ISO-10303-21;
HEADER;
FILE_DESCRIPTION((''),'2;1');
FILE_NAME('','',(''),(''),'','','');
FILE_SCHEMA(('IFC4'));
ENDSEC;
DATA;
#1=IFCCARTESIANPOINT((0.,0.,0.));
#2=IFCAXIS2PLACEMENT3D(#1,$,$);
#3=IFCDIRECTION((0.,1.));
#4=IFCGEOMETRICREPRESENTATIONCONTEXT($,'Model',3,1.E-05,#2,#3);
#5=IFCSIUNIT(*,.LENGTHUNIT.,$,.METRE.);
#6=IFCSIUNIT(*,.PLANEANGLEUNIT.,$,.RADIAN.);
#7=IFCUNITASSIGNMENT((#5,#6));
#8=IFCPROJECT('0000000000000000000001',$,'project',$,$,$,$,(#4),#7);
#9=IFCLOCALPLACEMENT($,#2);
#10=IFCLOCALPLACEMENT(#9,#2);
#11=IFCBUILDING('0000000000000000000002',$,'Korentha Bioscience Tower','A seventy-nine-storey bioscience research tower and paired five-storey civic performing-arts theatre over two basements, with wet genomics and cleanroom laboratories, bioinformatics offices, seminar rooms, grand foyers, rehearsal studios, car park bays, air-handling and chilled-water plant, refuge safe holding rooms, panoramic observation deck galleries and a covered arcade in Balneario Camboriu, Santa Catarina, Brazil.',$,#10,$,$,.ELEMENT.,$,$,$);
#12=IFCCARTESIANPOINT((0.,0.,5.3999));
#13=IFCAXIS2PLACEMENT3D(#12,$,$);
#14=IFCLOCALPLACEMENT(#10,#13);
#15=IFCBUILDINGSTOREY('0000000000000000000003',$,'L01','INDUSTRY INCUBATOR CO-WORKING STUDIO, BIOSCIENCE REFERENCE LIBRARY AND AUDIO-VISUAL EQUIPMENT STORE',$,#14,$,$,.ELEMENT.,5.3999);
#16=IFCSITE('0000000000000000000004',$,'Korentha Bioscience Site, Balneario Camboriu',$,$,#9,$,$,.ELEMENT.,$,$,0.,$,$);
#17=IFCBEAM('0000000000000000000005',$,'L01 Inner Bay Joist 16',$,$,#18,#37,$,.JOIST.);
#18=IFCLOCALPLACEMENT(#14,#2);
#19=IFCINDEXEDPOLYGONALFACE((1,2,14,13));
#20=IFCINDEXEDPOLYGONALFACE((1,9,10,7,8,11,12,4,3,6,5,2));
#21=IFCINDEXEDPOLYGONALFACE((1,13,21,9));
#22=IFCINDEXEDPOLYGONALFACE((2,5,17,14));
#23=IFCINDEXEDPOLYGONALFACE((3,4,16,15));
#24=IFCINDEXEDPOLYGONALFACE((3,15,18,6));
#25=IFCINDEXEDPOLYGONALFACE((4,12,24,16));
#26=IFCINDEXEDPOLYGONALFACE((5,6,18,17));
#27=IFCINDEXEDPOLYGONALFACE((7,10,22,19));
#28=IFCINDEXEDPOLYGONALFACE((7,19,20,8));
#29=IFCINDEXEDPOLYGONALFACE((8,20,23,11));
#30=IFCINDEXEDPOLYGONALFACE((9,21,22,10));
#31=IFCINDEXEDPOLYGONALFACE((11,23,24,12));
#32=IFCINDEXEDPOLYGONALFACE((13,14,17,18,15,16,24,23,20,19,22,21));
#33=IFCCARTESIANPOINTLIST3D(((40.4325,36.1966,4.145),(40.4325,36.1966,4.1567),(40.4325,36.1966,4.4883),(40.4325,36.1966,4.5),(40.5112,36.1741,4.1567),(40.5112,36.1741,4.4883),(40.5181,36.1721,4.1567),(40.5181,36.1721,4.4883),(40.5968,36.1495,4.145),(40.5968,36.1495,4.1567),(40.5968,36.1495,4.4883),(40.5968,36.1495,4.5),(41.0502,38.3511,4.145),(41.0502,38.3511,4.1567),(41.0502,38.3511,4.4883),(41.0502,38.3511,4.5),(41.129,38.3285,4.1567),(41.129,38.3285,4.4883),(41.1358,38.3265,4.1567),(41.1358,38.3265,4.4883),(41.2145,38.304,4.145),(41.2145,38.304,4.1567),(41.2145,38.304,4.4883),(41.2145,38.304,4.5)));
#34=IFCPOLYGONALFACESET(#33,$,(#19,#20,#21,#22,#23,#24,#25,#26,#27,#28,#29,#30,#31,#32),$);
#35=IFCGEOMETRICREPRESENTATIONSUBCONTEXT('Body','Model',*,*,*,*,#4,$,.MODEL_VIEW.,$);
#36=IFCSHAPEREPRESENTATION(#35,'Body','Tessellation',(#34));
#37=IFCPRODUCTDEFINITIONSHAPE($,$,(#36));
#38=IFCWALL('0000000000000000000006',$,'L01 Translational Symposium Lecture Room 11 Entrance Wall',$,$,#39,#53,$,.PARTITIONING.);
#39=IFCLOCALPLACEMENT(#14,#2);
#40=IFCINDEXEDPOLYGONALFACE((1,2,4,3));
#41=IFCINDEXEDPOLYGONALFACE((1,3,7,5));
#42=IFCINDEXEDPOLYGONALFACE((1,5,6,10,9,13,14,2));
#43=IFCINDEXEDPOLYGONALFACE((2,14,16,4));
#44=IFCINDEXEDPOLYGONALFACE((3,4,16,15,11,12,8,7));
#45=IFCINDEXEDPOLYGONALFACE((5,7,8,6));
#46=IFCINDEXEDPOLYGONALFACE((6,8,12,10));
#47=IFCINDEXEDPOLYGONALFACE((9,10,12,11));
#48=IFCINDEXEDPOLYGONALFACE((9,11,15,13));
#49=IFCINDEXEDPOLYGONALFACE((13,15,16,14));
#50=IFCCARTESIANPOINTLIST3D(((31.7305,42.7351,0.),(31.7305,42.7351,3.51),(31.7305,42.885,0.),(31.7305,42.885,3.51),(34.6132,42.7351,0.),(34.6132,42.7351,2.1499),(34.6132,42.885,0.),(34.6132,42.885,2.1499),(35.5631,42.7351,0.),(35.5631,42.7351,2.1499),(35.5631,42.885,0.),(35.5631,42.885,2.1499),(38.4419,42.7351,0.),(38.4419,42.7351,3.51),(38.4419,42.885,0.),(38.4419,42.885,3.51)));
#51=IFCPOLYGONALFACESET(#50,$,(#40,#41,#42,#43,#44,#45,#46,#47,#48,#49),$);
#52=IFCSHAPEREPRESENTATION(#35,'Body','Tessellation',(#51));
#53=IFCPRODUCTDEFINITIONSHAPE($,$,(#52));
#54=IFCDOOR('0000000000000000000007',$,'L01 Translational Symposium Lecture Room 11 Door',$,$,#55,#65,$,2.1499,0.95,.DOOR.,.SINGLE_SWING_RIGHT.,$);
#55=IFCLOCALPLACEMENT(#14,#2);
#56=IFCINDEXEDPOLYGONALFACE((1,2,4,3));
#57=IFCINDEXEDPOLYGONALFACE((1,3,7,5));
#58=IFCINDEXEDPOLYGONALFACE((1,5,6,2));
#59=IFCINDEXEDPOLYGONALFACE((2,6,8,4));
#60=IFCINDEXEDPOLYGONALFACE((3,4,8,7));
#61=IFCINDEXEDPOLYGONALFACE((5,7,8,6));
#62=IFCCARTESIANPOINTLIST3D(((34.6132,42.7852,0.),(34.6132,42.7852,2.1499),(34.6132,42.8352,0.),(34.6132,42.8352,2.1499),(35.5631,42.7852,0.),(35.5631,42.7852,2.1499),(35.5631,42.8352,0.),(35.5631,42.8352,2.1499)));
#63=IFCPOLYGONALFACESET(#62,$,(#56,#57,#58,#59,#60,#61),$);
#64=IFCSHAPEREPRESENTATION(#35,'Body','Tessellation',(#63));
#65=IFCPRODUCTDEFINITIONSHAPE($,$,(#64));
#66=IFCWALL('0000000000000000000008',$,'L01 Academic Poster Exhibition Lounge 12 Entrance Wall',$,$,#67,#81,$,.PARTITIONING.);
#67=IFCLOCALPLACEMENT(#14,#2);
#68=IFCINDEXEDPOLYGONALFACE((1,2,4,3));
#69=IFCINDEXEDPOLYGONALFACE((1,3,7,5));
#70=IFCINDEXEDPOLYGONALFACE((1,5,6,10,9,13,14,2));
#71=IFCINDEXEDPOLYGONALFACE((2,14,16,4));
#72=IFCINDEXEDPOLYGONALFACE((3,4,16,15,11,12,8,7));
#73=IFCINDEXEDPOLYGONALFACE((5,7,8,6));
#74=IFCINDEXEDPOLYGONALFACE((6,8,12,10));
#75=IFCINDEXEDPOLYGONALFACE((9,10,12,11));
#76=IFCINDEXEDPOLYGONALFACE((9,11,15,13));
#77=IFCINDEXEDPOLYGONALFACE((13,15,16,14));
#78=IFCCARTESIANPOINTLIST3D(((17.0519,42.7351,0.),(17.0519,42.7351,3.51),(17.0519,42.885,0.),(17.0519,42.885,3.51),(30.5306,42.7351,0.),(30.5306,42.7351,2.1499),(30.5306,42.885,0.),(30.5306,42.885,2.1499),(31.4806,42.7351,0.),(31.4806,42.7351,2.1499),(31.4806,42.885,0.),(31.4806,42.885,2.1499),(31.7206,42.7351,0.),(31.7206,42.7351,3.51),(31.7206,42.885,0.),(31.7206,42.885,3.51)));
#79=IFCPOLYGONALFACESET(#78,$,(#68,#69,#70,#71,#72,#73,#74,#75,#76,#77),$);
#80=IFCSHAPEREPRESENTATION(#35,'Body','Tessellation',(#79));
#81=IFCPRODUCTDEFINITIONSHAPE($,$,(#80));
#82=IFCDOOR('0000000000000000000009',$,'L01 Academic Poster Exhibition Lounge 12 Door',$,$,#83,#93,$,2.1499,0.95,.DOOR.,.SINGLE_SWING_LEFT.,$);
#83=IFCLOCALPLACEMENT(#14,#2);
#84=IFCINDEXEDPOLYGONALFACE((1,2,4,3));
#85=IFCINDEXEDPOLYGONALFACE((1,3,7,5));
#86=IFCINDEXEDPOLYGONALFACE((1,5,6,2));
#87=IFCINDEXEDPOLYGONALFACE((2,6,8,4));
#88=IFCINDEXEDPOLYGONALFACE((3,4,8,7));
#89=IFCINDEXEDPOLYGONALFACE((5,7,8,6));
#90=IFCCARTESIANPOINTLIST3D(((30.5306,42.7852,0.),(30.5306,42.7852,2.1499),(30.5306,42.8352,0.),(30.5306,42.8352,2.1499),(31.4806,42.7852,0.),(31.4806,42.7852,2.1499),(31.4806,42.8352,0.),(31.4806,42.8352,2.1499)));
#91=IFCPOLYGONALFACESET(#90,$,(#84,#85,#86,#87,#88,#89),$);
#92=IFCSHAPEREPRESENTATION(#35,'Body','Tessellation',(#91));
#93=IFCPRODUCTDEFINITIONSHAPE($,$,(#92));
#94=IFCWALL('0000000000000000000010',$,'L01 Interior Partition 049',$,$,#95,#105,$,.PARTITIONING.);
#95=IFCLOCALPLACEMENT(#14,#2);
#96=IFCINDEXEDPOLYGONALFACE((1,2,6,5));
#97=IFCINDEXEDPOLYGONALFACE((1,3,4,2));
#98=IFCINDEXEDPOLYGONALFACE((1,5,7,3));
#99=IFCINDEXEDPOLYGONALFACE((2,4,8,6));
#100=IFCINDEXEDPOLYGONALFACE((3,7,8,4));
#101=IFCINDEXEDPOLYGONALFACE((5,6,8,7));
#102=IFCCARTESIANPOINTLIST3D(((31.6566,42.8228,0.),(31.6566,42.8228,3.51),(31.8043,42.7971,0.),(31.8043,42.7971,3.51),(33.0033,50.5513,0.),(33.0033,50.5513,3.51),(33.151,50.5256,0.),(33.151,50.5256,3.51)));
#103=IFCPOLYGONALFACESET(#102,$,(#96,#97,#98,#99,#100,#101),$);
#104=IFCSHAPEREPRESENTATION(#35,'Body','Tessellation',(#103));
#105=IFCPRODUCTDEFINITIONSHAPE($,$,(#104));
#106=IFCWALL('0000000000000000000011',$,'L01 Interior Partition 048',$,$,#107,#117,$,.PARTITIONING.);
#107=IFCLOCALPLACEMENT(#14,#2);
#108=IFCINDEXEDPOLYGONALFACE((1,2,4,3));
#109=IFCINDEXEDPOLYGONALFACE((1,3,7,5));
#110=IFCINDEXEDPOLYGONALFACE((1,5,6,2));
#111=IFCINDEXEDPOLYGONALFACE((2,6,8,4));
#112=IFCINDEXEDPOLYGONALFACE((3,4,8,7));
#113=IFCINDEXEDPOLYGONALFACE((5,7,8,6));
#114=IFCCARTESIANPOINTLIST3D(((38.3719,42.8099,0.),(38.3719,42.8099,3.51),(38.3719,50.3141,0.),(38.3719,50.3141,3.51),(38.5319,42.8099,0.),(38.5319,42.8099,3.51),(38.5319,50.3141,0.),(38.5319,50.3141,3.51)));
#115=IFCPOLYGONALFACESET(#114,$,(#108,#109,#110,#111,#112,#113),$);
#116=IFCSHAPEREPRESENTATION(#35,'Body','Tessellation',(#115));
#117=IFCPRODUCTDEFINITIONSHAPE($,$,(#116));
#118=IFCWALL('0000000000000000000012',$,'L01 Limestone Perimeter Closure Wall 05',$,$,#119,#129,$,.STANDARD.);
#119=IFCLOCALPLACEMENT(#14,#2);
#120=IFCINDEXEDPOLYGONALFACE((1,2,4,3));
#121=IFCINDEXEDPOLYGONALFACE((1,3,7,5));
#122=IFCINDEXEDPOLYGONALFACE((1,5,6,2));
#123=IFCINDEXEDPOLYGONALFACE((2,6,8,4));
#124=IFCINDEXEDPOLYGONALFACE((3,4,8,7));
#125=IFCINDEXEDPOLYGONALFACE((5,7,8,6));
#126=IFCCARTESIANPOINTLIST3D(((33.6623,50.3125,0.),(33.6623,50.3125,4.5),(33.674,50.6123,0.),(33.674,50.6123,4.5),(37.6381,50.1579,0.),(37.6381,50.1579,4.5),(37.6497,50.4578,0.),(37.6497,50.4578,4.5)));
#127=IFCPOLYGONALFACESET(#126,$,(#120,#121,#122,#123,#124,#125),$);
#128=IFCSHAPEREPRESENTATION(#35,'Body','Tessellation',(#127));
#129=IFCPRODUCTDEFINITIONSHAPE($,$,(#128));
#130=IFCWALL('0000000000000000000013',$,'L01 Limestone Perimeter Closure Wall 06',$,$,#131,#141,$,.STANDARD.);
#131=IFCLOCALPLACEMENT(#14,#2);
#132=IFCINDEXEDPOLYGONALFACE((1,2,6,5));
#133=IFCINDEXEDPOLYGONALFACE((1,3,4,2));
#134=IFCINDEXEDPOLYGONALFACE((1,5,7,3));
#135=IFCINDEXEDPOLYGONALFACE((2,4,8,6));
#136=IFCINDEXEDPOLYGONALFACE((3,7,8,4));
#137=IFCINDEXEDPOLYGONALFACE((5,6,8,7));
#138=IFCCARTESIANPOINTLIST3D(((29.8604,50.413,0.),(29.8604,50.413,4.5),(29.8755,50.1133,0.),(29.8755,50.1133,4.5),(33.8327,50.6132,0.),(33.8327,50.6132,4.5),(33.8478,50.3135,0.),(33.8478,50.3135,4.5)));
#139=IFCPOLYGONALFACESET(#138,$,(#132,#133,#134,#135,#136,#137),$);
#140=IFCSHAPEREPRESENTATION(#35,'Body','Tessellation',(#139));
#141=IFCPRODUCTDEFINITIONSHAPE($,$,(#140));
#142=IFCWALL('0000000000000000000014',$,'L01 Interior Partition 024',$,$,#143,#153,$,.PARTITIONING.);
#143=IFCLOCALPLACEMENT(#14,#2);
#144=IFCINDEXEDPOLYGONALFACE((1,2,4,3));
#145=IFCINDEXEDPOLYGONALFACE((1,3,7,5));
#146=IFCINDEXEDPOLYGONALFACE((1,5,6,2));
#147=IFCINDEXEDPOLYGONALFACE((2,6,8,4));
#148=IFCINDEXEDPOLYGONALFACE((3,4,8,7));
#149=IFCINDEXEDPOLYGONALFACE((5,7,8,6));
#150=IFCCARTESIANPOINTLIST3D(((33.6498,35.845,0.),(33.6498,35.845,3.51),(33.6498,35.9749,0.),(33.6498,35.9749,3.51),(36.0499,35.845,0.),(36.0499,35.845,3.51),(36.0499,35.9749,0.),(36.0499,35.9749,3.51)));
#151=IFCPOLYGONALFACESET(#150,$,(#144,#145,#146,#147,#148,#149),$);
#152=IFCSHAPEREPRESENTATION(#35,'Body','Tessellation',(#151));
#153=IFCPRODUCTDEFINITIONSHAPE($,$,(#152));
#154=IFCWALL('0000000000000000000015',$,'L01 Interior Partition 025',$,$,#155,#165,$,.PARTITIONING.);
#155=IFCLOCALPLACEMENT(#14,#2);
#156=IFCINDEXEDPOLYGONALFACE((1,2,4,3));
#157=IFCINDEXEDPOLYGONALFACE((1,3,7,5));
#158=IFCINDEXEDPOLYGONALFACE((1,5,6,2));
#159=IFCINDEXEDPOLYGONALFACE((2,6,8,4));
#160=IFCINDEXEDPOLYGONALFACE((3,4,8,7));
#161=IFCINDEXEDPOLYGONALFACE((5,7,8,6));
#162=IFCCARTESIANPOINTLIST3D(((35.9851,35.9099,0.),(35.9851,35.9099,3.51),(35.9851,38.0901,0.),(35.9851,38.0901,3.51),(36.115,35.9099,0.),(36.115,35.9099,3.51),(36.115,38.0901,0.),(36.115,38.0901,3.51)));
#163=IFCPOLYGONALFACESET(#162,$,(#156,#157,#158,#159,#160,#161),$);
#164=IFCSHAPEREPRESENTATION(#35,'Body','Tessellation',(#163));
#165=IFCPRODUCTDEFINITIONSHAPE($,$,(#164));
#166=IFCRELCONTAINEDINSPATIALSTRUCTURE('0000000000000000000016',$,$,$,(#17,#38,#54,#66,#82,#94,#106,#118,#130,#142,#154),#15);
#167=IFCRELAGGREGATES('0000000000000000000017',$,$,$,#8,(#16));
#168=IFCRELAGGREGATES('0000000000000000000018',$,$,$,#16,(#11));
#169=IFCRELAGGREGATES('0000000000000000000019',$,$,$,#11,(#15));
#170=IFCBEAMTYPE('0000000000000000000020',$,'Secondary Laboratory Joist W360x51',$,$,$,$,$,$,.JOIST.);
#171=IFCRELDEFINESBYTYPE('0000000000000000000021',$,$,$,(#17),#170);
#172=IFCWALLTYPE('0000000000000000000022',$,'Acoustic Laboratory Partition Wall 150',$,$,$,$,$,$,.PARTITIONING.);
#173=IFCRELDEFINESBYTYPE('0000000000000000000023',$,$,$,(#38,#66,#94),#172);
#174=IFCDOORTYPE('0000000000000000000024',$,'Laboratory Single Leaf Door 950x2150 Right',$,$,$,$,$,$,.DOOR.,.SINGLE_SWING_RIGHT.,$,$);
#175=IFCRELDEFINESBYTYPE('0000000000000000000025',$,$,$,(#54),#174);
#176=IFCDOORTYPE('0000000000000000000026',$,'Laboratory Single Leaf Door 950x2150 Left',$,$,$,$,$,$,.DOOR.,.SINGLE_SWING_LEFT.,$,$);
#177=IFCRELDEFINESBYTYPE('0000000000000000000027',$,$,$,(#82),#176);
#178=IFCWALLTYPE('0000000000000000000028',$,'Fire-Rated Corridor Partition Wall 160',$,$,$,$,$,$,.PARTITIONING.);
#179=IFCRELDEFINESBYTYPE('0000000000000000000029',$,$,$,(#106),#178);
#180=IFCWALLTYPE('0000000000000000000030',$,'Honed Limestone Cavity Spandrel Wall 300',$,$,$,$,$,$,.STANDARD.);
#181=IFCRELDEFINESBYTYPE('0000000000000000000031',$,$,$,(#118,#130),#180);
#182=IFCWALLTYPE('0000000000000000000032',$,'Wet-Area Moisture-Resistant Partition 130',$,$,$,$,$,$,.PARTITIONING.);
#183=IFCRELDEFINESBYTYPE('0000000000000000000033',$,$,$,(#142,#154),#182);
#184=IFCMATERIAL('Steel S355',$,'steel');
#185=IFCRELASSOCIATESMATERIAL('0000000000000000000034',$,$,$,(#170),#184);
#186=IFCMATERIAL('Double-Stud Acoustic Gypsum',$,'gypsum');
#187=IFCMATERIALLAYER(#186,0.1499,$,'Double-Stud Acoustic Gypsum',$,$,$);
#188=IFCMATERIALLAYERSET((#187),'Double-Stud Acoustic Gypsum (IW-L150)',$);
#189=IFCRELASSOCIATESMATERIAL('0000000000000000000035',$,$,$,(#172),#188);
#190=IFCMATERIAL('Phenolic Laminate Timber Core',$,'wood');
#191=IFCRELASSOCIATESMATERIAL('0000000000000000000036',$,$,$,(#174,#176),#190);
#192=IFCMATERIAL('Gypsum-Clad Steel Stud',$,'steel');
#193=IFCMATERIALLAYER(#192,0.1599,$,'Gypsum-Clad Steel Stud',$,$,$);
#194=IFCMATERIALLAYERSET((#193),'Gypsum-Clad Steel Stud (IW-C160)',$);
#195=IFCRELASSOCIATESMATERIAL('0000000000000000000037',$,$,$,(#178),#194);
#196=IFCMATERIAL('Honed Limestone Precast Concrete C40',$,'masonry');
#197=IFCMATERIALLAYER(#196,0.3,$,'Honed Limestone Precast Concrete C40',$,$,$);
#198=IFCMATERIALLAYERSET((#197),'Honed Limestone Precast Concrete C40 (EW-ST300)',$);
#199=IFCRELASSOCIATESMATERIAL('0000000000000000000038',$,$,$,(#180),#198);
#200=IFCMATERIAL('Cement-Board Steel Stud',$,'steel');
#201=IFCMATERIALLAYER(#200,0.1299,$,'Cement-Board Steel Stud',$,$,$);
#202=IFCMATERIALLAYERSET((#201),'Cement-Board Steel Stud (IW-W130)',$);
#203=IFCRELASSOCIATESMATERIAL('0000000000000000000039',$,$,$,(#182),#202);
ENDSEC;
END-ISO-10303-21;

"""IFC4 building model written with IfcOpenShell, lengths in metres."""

from ifc_helpers import new_model, si_unit, direction, frame, frame_2d, origin, origin_2d, place, context, subcontext, project, spatial, rectangle, i_section, extrude, material, layer, layer_set, material_profile, profile_set, type_object, element, fill, save


model = new_model("IFC4")

# Units and contexts
model_context = context("Model", 3, precision=1e-05, world=origin(), true_north=direction((0.0, 1.0)))
body_context = subcontext(model_context, "Body", "Model", "MODEL_VIEW")
ifc_project = project(units=[si_unit("LENGTHUNIT", "METRE"), si_unit("PLANEANGLEUNIT", "RADIAN")], contexts=[model_context])

# Site, building, storey
site_placement = place(None, origin())
site = spatial("IfcSite", under=ifc_project, at=site_placement, Name="Korentha Bioscience Site, Balneario Camboriu", CompositionType="ELEMENT", RefElevation=0.0)
building_placement = place(site_placement, origin())
building = spatial("IfcBuilding", under=site, at=building_placement, Name="Korentha Bioscience Tower", Description="A seventy-nine-storey bioscience research tower and paired five-storey civic performing-arts theatre over two basements, with wet genomics and cleanroom laboratories, bioinformatics offices, seminar rooms, grand foyers, rehearsal studios, car park bays, air-handling and chilled-water plant, refuge safe holding rooms, panoramic observation deck galleries and a covered arcade in Balneario Camboriu, Santa Catarina, Brazil.", CompositionType="ELEMENT")
storey_placement = place(building_placement, frame((0.0, 0.0, 5.3999)))
storey = spatial("IfcBuildingStorey", under=building, at=storey_placement, Name="L01", Description="INDUSTRY INCUBATOR CO-WORKING STUDIO, BIOSCIENCE REFERENCE LIBRARY AND AUDIO-VISUAL EQUIPMENT STORE", CompositionType="ELEMENT", Elevation=5.3999)

# Beam
ifc_material_1 = material(Name="Steel S355", Category="steel")
ifc_material_profile_1 = material_profile(ifc_material_1, i_section(OverallWidth=0.1709, OverallDepth=0.355, WebThickness=0.0071, FlangeThickness=0.0117, at=origin_2d()), Name="Steel S355")
ifc_profile_set_1 = profile_set([ifc_material_profile_1], Name="Steel S355 (JB-360)")
beam_type_1 = type_object("IfcBeamType", Name="Secondary Laboratory Joist W360x51", PredefinedType="JOIST", material=ifc_profile_set_1)
beam_1_placement = place(storey_placement, frame((40.5146, 36.1731, 4.3225), z_axis=(0.275613, 0.961269, 0.0), x_axis=(-0.961269, 0.275613, 0.0)))
element("IfcBeam", 1, at=beam_1_placement, inside=storey, type_object=beam_type_1, Name="L01 Inner Bay Joist 16", PredefinedType="JOIST", context=body_context, shape_type="SweptSolid", body=[
    extrude(i_section(OverallWidth=0.1709, OverallDepth=0.355, WebThickness=0.0071, FlangeThickness=0.0117, at=origin_2d()), origin(), (0.0, 0.0, 1.0), 2.2412),
])

# Walls, openings, doors
ifc_material_2 = material(Name="Double-Stud Acoustic Gypsum", Category="gypsum")
ifc_layer_1 = layer(ifc_material_2, 0.1499, Name="Double-Stud Acoustic Gypsum")
ifc_layer_set_1 = layer_set([ifc_layer_1], Name="Double-Stud Acoustic Gypsum (IW-L150)")
wall_type_1 = type_object("IfcWallType", Name="Acoustic Laboratory Partition Wall 150", PredefinedType="PARTITIONING", material=ifc_layer_set_1)
wall_1_placement = place(storey_placement, frame((38.4419, 42.8101, 0.0), z_axis=(0.0, 0.0, 1.0), x_axis=(-1.0, 0.0, 0.0)))
wall_1 = element("IfcWall", 2, at=wall_1_placement, inside=storey, type_object=wall_type_1, Name="L01 Translational Symposium Lecture Room 11 Entrance Wall", PredefinedType="PARTITIONING", context=body_context, shape_type="SweptSolid", body=[
    extrude(rectangle(XDim=6.7114, YDim=0.1499, at=frame_2d((3.3557, 0.0))), origin(), (0.0, 0.0, 1.0), 3.51),
])
opening_1_placement = place(wall_1_placement, frame((2.8787, 0.0, 0.0)))
opening_1 = element("IfcOpeningElement", 3, at=opening_1_placement, cuts=wall_1, PredefinedType="OPENING", context=body_context, shape_type="SweptSolid", body=[
    extrude(rectangle(XDim=0.95, YDim=2.1499, at=frame_2d((0.4751, 1.075))), frame((0.0, 0.0898, 0.0), z_axis=(0.0, -1.0, 0.0), x_axis=(1.0, 0.0, 0.0)), (0.0, 0.0, 1.0), 0.1797),
])
ifc_material_3 = material(Name="Phenolic Laminate Timber Core", Category="wood")
door_type_1 = type_object("IfcDoorType", Name="Laboratory Single Leaf Door 950x2150 Right", OperationType="SINGLE_SWING_RIGHT", PredefinedType="DOOR", material=ifc_material_3)
door_1_placement = place(opening_1_placement, origin())
door_1 = element("IfcDoor", 4, at=door_1_placement, inside=storey, type_object=door_type_1, Name="L01 Translational Symposium Lecture Room 11 Door", OperationType="SINGLE_SWING_RIGHT", OverallHeight=2.1499, OverallWidth=0.95, PredefinedType="DOOR", context=body_context, shape_type="SweptSolid", body=[
    extrude(rectangle(XDim=0.95, YDim=2.1499, at=frame_2d((0.4751, 1.075))), frame((0.0, 0.0249, 0.0), z_axis=(0.0, -1.0, 0.0), x_axis=(1.0, 0.0, 0.0)), (0.0, 0.0, 1.0), 0.05),
])
fill(opening_1, door_1)
wall_2_placement = place(storey_placement, frame((31.7207, 42.8101, 0.0), z_axis=(0.0, 0.0, 1.0), x_axis=(-1.0, 0.0, 0.0)))
wall_2 = element("IfcWall", 5, at=wall_2_placement, inside=storey, type_object=wall_type_1, Name="L01 Academic Poster Exhibition Lounge 12 Entrance Wall", PredefinedType="PARTITIONING", context=body_context, shape_type="SweptSolid", body=[
    extrude(rectangle(XDim=14.6687, YDim=0.1499, at=frame_2d((7.3345, 0.0))), origin(), (0.0, 0.0, 1.0), 3.51),
])
opening_2_placement = place(wall_2_placement, frame((0.24, 0.0, 0.0)))
opening_2 = element("IfcOpeningElement", 6, at=opening_2_placement, cuts=wall_2, PredefinedType="OPENING", context=body_context, shape_type="SweptSolid", body=[
    extrude(rectangle(XDim=0.95, YDim=2.1499, at=frame_2d((0.4751, 1.075))), frame((0.0, 0.0898, 0.0), z_axis=(0.0, -1.0, 0.0), x_axis=(1.0, 0.0, 0.0)), (0.0, 0.0, 1.0), 0.1797),
])
door_type_2 = type_object("IfcDoorType", Name="Laboratory Single Leaf Door 950x2150 Left", OperationType="SINGLE_SWING_LEFT", PredefinedType="DOOR", material=ifc_material_3)
door_2_placement = place(opening_2_placement, origin())
door_2 = element("IfcDoor", 7, at=door_2_placement, inside=storey, type_object=door_type_2, Name="L01 Academic Poster Exhibition Lounge 12 Door", OperationType="SINGLE_SWING_LEFT", OverallHeight=2.1499, OverallWidth=0.95, PredefinedType="DOOR", context=body_context, shape_type="SweptSolid", body=[
    extrude(rectangle(XDim=0.95, YDim=2.1499, at=frame_2d((0.4751, 1.075))), frame((0.0, 0.0249, 0.0), z_axis=(0.0, -1.0, 0.0), x_axis=(1.0, 0.0, 0.0)), (0.0, 0.0, 1.0), 0.05),
])
fill(opening_2, door_2)

# Walls
wall_3_placement = place(storey_placement, frame((31.7305, 42.8101, 0.0), z_axis=(0.0, 0.0, 1.0), x_axis=(0.171662, 0.985156, 0.0)))
element("IfcWall", 8, at=wall_3_placement, inside=storey, type_object=wall_type_1, Name="L01 Interior Partition 049", PredefinedType="PARTITIONING", context=body_context, shape_type="SweptSolid", body=[
    extrude(rectangle(XDim=7.845, YDim=0.1499, at=frame_2d((3.9224, 0.0))), origin(), (0.0, 0.0, 1.0), 3.51),
])
ifc_material_4 = material(Name="Gypsum-Clad Steel Stud", Category="steel")
ifc_layer_2 = layer(ifc_material_4, 0.1599, Name="Gypsum-Clad Steel Stud")
ifc_layer_set_2 = layer_set([ifc_layer_2], Name="Gypsum-Clad Steel Stud (IW-C160)")
wall_type_2 = type_object("IfcWallType", Name="Fire-Rated Corridor Partition Wall 160", PredefinedType="PARTITIONING", material=ifc_layer_set_2)
wall_4_placement = place(storey_placement, frame((38.4519, 42.8101, 0.0), z_axis=(0.0, 0.0, 1.0), x_axis=(0.0, 1.0, 0.0)))
element("IfcWall", 9, at=wall_4_placement, inside=storey, type_object=wall_type_2, Name="L01 Interior Partition 048", PredefinedType="PARTITIONING", context=body_context, shape_type="SweptSolid", body=[
    extrude(rectangle(XDim=7.5042, YDim=0.1599, at=frame_2d((3.752, 0.0))), origin(), (0.0, 0.0, 1.0), 3.51),
])
ifc_material_5 = material(Name="Honed Limestone Precast Concrete C40", Category="masonry")
ifc_layer_3 = layer(ifc_material_5, 0.3, Name="Honed Limestone Precast Concrete C40")
ifc_layer_set_3 = layer_set([ifc_layer_3], Name="Honed Limestone Precast Concrete C40 (EW-ST300)")
wall_type_3 = type_object("IfcWallType", Name="Honed Limestone Cavity Spandrel Wall 300", PredefinedType="STANDARD", material=ifc_layer_set_3)
wall_5_placement = place(storey_placement, frame((37.6438, 50.3079, 0.0), z_axis=(0.0, 0.0, 1.0), x_axis=(-0.999245, 0.038841, 0.0)))
element("IfcWall", 10, at=wall_5_placement, inside=storey, type_object=wall_type_3, Name="L01 Limestone Perimeter Closure Wall 05", PredefinedType="STANDARD", context=body_context, shape_type="SweptSolid", body=[
    extrude(rectangle(XDim=3.9788, YDim=0.3, at=frame_2d((1.9893, 0.0))), origin(), (0.0, 0.0, 1.0), 4.5),
])
wall_6_placement = place(storey_placement, frame((33.8403, 50.4634, 0.0), z_axis=(0.0, 0.0, 1.0), x_axis=(-0.998732, -0.050336, 0.0)))
element("IfcWall", 11, at=wall_6_placement, inside=storey, type_object=wall_type_3, Name="L01 Limestone Perimeter Closure Wall 06", PredefinedType="STANDARD", context=body_context, shape_type="SweptSolid", body=[
    extrude(rectangle(XDim=3.9773, YDim=0.3, at=frame_2d((1.9888, 0.0))), origin(), (0.0, 0.0, 1.0), 4.5),
])

# Shared definitions
ifc_material_6 = material(Name="Cement-Board Steel Stud", Category="steel")
ifc_layer_4 = layer(ifc_material_6, 0.1299, Name="Cement-Board Steel Stud")
ifc_layer_set_4 = layer_set([ifc_layer_4], Name="Cement-Board Steel Stud (IW-W130)")
wall_type_4 = type_object("IfcWallType", Name="Wet-Area Moisture-Resistant Partition 130", PredefinedType="PARTITIONING", material=ifc_layer_set_4)

# Walls
wall_7_placement = place(storey_placement, frame((36.05, 35.9099, 0.0), z_axis=(0.0, 0.0, 1.0), x_axis=(-1.0, 0.0, 0.0)))
element("IfcWall", 12, at=wall_7_placement, inside=storey, type_object=wall_type_4, Name="L01 Interior Partition 024", PredefinedType="PARTITIONING", context=body_context, shape_type="SweptSolid", body=[
    extrude(rectangle(XDim=2.4001, YDim=0.1299, at=frame_2d((1.2002, 0.0))), origin(), (0.0, 0.0, 1.0), 3.51),
])
wall_8_placement = place(storey_placement, frame((36.05, 38.0901, 0.0), z_axis=(0.0, 0.0, 1.0), x_axis=(0.0, -1.0, 0.0)))
element("IfcWall", 13, at=wall_8_placement, inside=storey, type_object=wall_type_4, Name="L01 Interior Partition 025", PredefinedType="PARTITIONING", context=body_context, shape_type="SweptSolid", body=[
    extrude(rectangle(XDim=2.1802, YDim=0.1299, at=frame_2d((1.0901, 0.0))), origin(), (0.0, 0.0, 1.0), 3.51),
])

save(model, "model.ifc")
